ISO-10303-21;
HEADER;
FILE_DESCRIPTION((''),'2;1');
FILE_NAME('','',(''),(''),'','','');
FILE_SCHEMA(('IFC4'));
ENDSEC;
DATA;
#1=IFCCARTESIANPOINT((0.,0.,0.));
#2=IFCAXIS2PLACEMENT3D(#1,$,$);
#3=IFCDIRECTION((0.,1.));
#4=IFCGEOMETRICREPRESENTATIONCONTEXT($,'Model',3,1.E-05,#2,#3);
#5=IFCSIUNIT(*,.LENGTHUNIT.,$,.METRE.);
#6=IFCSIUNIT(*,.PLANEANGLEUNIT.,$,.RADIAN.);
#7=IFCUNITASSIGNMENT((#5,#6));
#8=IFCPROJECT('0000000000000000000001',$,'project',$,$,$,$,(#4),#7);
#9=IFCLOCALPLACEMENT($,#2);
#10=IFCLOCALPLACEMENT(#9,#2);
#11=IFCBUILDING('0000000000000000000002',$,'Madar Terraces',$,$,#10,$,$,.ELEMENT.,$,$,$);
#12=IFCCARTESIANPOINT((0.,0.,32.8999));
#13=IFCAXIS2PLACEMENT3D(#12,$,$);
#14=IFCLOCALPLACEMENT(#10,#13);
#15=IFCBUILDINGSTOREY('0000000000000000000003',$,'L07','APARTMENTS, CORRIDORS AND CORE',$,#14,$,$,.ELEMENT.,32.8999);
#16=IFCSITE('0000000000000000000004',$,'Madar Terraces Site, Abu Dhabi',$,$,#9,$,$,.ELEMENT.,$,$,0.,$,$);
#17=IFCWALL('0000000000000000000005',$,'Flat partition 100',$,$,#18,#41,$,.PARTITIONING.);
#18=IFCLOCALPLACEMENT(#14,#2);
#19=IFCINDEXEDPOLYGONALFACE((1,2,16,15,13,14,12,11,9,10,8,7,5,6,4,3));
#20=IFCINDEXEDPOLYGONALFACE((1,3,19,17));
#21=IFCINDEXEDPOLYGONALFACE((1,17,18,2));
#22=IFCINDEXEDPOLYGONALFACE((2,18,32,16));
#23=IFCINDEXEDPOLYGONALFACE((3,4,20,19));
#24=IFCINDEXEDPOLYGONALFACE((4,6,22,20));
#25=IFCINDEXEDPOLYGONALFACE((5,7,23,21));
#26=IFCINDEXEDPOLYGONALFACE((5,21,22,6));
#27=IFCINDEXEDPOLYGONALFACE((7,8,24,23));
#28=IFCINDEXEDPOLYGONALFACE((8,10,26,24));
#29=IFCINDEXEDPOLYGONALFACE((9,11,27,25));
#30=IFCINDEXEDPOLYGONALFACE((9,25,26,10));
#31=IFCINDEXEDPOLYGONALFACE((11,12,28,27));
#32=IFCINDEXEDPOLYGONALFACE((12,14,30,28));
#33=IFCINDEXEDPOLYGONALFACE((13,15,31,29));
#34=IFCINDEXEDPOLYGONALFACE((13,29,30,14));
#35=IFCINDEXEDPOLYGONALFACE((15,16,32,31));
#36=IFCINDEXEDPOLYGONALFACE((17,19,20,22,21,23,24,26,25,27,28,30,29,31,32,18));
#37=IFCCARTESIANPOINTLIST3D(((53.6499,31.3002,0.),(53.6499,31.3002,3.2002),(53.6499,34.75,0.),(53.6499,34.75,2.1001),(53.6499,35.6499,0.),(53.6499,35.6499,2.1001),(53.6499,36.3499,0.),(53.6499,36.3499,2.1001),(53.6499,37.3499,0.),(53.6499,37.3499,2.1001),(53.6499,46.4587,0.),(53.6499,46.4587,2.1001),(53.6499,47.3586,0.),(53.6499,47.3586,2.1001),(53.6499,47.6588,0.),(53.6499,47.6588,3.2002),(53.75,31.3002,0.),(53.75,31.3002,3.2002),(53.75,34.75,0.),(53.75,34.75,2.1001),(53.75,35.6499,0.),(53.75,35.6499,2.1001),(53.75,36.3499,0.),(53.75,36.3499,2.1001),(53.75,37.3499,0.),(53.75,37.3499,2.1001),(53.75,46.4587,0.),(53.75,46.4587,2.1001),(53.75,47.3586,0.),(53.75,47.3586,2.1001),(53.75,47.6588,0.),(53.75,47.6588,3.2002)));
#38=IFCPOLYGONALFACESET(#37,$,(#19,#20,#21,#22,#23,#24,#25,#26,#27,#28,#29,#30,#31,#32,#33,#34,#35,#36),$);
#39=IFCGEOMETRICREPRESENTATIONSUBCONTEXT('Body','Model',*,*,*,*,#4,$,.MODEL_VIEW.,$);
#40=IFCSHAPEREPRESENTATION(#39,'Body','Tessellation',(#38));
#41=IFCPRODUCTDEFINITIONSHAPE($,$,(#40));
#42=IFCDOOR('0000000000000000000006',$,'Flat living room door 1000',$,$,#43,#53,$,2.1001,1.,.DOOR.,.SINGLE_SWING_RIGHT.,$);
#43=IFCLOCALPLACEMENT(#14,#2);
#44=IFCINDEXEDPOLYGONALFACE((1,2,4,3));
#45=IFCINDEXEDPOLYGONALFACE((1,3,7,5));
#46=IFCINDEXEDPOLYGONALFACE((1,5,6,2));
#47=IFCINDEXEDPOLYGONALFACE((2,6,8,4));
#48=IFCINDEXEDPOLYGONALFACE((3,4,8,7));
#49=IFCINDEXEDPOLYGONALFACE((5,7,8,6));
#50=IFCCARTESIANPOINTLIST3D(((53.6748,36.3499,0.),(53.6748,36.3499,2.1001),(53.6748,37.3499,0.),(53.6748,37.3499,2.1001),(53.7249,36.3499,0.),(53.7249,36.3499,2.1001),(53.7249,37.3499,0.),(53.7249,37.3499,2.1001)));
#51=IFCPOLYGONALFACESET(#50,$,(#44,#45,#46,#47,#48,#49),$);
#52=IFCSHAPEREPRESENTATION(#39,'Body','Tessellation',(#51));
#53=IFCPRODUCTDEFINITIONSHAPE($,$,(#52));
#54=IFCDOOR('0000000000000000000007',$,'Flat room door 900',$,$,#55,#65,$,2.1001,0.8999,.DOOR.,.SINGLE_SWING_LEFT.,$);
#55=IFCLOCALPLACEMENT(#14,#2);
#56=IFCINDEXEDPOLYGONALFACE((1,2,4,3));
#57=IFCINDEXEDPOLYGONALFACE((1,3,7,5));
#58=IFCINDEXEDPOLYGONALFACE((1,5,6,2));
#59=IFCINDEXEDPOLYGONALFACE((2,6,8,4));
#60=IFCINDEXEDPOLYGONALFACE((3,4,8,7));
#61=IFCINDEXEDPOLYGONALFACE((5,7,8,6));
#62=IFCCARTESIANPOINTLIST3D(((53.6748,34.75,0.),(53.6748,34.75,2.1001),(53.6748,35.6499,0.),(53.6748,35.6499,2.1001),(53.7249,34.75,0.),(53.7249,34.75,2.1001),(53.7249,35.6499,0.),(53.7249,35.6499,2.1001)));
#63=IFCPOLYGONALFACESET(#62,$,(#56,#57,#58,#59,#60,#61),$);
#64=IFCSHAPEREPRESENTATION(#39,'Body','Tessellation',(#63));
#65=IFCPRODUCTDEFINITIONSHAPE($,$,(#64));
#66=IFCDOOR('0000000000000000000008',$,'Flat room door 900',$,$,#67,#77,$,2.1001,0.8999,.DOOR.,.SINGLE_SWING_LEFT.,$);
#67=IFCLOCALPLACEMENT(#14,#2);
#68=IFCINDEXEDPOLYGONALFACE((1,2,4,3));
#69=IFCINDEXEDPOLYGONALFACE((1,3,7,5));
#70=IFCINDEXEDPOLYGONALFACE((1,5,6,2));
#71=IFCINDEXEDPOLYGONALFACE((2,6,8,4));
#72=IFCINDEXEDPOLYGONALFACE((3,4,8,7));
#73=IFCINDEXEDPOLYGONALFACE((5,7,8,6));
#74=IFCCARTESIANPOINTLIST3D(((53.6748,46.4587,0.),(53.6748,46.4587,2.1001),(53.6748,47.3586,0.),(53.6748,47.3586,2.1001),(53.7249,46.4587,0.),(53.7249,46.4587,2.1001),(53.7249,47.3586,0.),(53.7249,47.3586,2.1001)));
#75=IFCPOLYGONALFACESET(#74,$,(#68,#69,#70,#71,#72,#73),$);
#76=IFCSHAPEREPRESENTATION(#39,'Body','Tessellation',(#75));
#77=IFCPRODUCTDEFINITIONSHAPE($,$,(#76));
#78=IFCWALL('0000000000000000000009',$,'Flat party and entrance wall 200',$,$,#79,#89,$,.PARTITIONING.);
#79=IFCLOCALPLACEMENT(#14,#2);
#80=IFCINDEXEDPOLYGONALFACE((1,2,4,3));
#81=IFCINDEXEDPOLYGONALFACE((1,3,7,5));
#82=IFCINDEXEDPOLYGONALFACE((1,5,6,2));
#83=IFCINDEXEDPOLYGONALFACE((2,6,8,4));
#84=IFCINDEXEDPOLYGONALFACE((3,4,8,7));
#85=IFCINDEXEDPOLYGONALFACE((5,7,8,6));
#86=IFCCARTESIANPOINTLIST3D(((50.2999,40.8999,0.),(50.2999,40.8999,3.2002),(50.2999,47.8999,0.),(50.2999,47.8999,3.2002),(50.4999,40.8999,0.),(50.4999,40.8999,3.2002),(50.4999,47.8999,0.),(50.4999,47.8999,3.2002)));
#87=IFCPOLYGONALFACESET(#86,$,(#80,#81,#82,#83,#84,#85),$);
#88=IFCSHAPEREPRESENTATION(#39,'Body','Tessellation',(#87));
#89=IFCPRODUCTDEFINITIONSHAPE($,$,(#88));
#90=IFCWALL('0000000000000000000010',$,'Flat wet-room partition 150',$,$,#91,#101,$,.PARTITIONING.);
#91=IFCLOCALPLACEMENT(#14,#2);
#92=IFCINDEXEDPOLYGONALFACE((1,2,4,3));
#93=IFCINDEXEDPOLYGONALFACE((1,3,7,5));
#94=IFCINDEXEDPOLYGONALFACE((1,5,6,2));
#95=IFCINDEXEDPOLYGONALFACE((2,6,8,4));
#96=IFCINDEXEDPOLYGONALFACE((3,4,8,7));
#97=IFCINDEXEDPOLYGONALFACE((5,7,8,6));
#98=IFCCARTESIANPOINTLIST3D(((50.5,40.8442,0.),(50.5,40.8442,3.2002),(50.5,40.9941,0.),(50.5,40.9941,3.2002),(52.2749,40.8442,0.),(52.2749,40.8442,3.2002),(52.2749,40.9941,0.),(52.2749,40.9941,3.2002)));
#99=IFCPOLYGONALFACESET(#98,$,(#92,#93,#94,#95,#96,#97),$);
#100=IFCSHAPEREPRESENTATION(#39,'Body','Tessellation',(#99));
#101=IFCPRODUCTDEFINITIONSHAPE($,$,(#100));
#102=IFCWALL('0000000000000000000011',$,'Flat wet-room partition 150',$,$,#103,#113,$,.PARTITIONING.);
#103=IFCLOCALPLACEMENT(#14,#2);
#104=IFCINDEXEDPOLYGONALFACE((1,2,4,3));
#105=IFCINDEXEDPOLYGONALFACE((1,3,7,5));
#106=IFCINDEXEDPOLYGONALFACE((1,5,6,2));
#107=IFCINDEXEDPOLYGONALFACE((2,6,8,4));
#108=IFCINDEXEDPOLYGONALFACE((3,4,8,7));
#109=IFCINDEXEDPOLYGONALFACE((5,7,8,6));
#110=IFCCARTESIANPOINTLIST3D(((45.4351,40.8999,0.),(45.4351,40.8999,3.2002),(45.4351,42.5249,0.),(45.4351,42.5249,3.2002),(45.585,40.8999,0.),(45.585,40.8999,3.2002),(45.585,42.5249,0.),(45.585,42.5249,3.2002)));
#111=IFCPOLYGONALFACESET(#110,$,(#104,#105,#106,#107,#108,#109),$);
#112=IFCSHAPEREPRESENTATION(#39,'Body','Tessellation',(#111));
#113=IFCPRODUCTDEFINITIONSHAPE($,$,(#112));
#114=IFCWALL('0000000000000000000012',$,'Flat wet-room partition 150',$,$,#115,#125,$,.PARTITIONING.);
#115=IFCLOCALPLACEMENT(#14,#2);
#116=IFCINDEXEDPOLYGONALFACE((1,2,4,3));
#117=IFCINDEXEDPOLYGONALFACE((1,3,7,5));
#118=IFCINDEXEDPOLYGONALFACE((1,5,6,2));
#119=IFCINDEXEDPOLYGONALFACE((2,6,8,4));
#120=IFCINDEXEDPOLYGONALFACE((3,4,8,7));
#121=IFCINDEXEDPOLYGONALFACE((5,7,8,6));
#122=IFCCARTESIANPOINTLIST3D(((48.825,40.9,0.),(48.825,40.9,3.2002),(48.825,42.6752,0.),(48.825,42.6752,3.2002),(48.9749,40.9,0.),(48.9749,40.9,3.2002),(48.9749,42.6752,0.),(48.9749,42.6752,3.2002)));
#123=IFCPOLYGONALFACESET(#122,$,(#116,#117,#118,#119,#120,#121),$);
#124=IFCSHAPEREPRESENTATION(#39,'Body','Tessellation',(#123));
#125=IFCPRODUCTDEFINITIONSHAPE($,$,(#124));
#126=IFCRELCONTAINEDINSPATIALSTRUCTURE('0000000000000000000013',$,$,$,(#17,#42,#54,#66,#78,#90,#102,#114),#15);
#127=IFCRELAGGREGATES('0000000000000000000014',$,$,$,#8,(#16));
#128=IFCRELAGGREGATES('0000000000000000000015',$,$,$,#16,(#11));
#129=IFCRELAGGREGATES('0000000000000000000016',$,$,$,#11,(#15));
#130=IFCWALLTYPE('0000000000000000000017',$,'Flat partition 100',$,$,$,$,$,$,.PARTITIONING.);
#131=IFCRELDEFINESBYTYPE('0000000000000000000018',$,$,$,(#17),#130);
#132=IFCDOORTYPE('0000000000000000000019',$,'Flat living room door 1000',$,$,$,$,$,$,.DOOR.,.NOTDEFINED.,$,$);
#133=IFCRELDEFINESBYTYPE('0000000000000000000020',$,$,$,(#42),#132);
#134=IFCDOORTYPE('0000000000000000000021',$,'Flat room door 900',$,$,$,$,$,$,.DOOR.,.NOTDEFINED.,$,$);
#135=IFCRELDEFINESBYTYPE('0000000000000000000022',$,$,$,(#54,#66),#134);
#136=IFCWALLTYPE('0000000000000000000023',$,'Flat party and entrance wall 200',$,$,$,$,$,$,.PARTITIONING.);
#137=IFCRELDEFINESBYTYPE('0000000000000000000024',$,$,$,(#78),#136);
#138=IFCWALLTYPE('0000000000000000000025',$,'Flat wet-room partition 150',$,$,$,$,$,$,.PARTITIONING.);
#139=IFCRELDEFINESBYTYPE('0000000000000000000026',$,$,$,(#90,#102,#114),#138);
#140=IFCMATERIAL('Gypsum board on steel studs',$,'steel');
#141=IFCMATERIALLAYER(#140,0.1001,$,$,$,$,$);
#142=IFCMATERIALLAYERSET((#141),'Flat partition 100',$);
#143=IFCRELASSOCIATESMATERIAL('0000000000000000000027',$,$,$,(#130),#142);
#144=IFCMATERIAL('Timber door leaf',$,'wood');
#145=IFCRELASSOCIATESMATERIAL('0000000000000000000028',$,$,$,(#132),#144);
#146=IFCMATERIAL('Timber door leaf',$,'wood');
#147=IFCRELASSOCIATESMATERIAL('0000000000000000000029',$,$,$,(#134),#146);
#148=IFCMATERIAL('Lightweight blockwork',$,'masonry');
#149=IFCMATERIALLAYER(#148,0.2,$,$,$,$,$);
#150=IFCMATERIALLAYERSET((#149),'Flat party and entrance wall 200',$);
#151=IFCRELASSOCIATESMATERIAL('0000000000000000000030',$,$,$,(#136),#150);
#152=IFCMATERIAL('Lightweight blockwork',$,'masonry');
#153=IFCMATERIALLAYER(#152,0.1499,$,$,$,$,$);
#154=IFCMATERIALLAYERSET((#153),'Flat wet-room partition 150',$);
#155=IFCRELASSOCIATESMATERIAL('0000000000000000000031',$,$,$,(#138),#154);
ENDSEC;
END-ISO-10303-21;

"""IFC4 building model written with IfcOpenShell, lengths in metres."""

from ifc_helpers import new_model, si_unit, direction, frame, frame_2d, origin, place, context, subcontext, project, spatial, rectangle, extrude, material, layer, layer_set, type_object, element, fill, save


model = new_model("IFC4")

# Units and contexts
model_context = context("Model", 3, precision=1e-05, world=origin(), true_north=direction((0.0, 1.0)))
body_context = subcontext(model_context, "Body", "Model", "MODEL_VIEW")
ifc_project = project(units=[si_unit("LENGTHUNIT", "METRE"), si_unit("PLANEANGLEUNIT", "RADIAN")], contexts=[model_context])

# Site, building, storey
site_placement = place(None, origin())
site = spatial("IfcSite", under=ifc_project, at=site_placement, Name="Madar Terraces Site, Abu Dhabi", CompositionType="ELEMENT", RefElevation=0.0)
building_placement = place(site_placement, origin())
building = spatial("IfcBuilding", under=site, at=building_placement, Name="Madar Terraces", CompositionType="ELEMENT")
storey_placement = place(building_placement, frame((0.0, 0.0, 32.8999)))
storey = spatial("IfcBuildingStorey", under=building, at=storey_placement, Name="L07", Description="APARTMENTS, CORRIDORS AND CORE", CompositionType="ELEMENT", Elevation=32.8999)

# Shared definitions
ifc_material_1 = material(Name="Gypsum board on steel studs", Category="steel")
ifc_layer_1 = layer(ifc_material_1, 0.1001)
ifc_layer_set_1 = layer_set([ifc_layer_1], Name="Flat partition 100")
wall_type_1 = type_object("IfcWallType", Name="Flat partition 100", PredefinedType="PARTITIONING", material=ifc_layer_set_1)

# Wall, openings, doors
wall_1_placement = place(storey_placement, frame((53.7, 47.6587, 0.0), z_axis=(0.0, 0.0, 1.0), x_axis=(0.0, -1.0, 0.0)))
wall_1 = element("IfcWall", 1, at=wall_1_placement, inside=storey, type_object=wall_type_1, Name="Flat partition 100", PredefinedType="PARTITIONING", context=body_context, shape_type="SweptSolid", body=[
    extrude(rectangle(XDim=16.3586, YDim=0.1001, at=frame_2d((8.1792, 0.0))), origin(), (0.0, 0.0, 1.0), 3.2002),
])
opening_1_placement = place(wall_1_placement, frame((12.0088, 0.0, 0.0)))
opening_1 = element("IfcOpeningElement", 2, at=opening_1_placement, cuts=wall_1, PredefinedType="OPENING", context=body_context, shape_type="SweptSolid", body=[
    extrude(rectangle(XDim=0.8999, YDim=2.1001, at=frame_2d((0.45, 1.05))), frame((0.0, 0.0601, 0.0), z_axis=(0.0, -1.0, 0.0), x_axis=(1.0, 0.0, 0.0)), (0.0, 0.0, 1.0), 0.1201),
])
opening_2_placement = place(wall_1_placement, frame((10.3088, 0.0, 0.0)))
opening_2 = element("IfcOpeningElement", 3, at=opening_2_placement, cuts=wall_1, PredefinedType="OPENING", context=body_context, shape_type="SweptSolid", body=[
    extrude(rectangle(XDim=1.0, YDim=2.1001, at=frame_2d((0.5, 1.05))), frame((0.0, 0.0601, 0.0), z_axis=(0.0, -1.0, 0.0), x_axis=(1.0, 0.0, 0.0)), (0.0, 0.0, 1.0), 0.1201),
])
opening_3_placement = place(wall_1_placement, frame((0.3, 0.0, 0.0)))
opening_3 = element("IfcOpeningElement", 4, at=opening_3_placement, cuts=wall_1, PredefinedType="OPENING", context=body_context, shape_type="SweptSolid", body=[
    extrude(rectangle(XDim=0.8999, YDim=2.1001, at=frame_2d((0.45, 1.05))), frame((0.0, 0.0601, 0.0), z_axis=(0.0, -1.0, 0.0), x_axis=(1.0, 0.0, 0.0)), (0.0, 0.0, 1.0), 0.1201),
])
ifc_material_2 = material(Name="Timber door leaf", Category="wood")
door_type_1 = type_object("IfcDoorType", Name="Flat living room door 1000", OperationType="NOTDEFINED", PredefinedType="DOOR", material=ifc_material_2)
door_1_placement = place(opening_2_placement, origin())
door_1 = element("IfcDoor", 5, at=door_1_placement, inside=storey, type_object=door_type_1, Name="Flat living room door 1000", OperationType="SINGLE_SWING_RIGHT", OverallHeight=2.1001, OverallWidth=1.0, PredefinedType="DOOR", context=body_context, shape_type="SweptSolid", body=[
    extrude(rectangle(XDim=1.0, YDim=2.1001, at=frame_2d((0.5, 1.05))), frame((0.0, 0.0249, 0.0), z_axis=(0.0, -1.0, 0.0), x_axis=(1.0, 0.0, 0.0)), (0.0, 0.0, 1.0), 0.05),
])
fill(opening_2, door_1)
ifc_material_3 = material(Name="Timber door leaf", Category="wood")
door_type_2 = type_object("IfcDoorType", Name="Flat room door 900", OperationType="NOTDEFINED", PredefinedType="DOOR", material=ifc_material_3)
door_2_placement = place(opening_1_placement, origin())
door_2 = element("IfcDoor", 6, at=door_2_placement, inside=storey, type_object=door_type_2, Name="Flat room door 900", OperationType="SINGLE_SWING_LEFT", OverallHeight=2.1001, OverallWidth=0.8999, PredefinedType="DOOR", context=body_context, shape_type="SweptSolid", body=[
    extrude(rectangle(XDim=0.8999, YDim=2.1001, at=frame_2d((0.45, 1.05))), frame((0.0, 0.0249, 0.0), z_axis=(0.0, -1.0, 0.0), x_axis=(1.0, 0.0, 0.0)), (0.0, 0.0, 1.0), 0.05),
])
fill(opening_1, door_2)
door_3_placement = place(opening_3_placement, origin())
door_3 = element("IfcDoor", 7, at=door_3_placement, inside=storey, type_object=door_type_2, Name="Flat room door 900", OperationType="SINGLE_SWING_LEFT", OverallHeight=2.1001, OverallWidth=0.8999, PredefinedType="DOOR", context=body_context, shape_type="SweptSolid", body=[
    extrude(rectangle(XDim=0.8999, YDim=2.1001, at=frame_2d((0.45, 1.05))), frame((0.0, 0.0249, 0.0), z_axis=(0.0, -1.0, 0.0), x_axis=(1.0, 0.0, 0.0)), (0.0, 0.0, 1.0), 0.05),
])
fill(opening_3, door_3)

# Walls
ifc_material_4 = material(Name="Lightweight blockwork", Category="masonry")
ifc_layer_2 = layer(ifc_material_4, 0.2)
ifc_layer_set_2 = layer_set([ifc_layer_2], Name="Flat party and entrance wall 200")
wall_type_2 = type_object("IfcWallType", Name="Flat party and entrance wall 200", PredefinedType="PARTITIONING", material=ifc_layer_set_2)
wall_2_placement = place(storey_placement, frame((50.3999, 40.8999, 0.0), z_axis=(0.0, 0.0, 1.0), x_axis=(0.0, 1.0, 0.0)))
element("IfcWall", 8, at=wall_2_placement, inside=storey, type_object=wall_type_2, Name="Flat party and entrance wall 200", PredefinedType="PARTITIONING", context=body_context, shape_type="SweptSolid", body=[
    extrude(rectangle(XDim=7.0, YDim=0.2, at=frame_2d((3.5, 0.0))), origin(), (0.0, 0.0, 1.0), 3.2002),
])
ifc_material_5 = material(Name="Lightweight blockwork", Category="masonry")
ifc_layer_3 = layer(ifc_material_5, 0.1499)
ifc_layer_set_3 = layer_set([ifc_layer_3], Name="Flat wet-room partition 150")
wall_type_3 = type_object("IfcWallType", Name="Flat wet-room partition 150", PredefinedType="PARTITIONING", material=ifc_layer_set_3)
wall_3_placement = place(storey_placement, frame((50.5, 40.9192, 0.0), z_axis=(0.0, 0.0, 1.0), x_axis=(1.0, 0.0, 0.0)))
element("IfcWall", 9, at=wall_3_placement, inside=storey, type_object=wall_type_3, Name="Flat wet-room partition 150", PredefinedType="PARTITIONING", context=body_context, shape_type="SweptSolid", body=[
    extrude(rectangle(XDim=1.7749, YDim=0.1499, at=frame_2d((0.8875, 0.0))), origin(), (0.0, 0.0, 1.0), 3.2002),
])
wall_4_placement = place(storey_placement, frame((45.51, 40.8999, 0.0), z_axis=(0.0, 0.0, 1.0), x_axis=(0.0, 1.0, 0.0)))
element("IfcWall", 10, at=wall_4_placement, inside=storey, type_object=wall_type_3, Name="Flat wet-room partition 150", PredefinedType="PARTITIONING", context=body_context, shape_type="SweptSolid", body=[
    extrude(rectangle(XDim=1.625, YDim=0.1499, at=frame_2d((0.8125, 0.0))), origin(), (0.0, 0.0, 1.0), 3.2002),
])
wall_5_placement = place(storey_placement, frame((48.8999, 40.8999, 0.0), z_axis=(0.0, 0.0, 1.0), x_axis=(0.0, 1.0, 0.0)))
element("IfcWall", 11, at=wall_5_placement, inside=storey, type_object=wall_type_3, Name="Flat wet-room partition 150", PredefinedType="PARTITIONING", context=body_context, shape_type="SweptSolid", body=[
    extrude(rectangle(XDim=1.7751, YDim=0.1499, at=frame_2d((0.8877, 0.0))), origin(), (0.0, 0.0, 1.0), 3.2002),
])

save(model, "model.ifc")
